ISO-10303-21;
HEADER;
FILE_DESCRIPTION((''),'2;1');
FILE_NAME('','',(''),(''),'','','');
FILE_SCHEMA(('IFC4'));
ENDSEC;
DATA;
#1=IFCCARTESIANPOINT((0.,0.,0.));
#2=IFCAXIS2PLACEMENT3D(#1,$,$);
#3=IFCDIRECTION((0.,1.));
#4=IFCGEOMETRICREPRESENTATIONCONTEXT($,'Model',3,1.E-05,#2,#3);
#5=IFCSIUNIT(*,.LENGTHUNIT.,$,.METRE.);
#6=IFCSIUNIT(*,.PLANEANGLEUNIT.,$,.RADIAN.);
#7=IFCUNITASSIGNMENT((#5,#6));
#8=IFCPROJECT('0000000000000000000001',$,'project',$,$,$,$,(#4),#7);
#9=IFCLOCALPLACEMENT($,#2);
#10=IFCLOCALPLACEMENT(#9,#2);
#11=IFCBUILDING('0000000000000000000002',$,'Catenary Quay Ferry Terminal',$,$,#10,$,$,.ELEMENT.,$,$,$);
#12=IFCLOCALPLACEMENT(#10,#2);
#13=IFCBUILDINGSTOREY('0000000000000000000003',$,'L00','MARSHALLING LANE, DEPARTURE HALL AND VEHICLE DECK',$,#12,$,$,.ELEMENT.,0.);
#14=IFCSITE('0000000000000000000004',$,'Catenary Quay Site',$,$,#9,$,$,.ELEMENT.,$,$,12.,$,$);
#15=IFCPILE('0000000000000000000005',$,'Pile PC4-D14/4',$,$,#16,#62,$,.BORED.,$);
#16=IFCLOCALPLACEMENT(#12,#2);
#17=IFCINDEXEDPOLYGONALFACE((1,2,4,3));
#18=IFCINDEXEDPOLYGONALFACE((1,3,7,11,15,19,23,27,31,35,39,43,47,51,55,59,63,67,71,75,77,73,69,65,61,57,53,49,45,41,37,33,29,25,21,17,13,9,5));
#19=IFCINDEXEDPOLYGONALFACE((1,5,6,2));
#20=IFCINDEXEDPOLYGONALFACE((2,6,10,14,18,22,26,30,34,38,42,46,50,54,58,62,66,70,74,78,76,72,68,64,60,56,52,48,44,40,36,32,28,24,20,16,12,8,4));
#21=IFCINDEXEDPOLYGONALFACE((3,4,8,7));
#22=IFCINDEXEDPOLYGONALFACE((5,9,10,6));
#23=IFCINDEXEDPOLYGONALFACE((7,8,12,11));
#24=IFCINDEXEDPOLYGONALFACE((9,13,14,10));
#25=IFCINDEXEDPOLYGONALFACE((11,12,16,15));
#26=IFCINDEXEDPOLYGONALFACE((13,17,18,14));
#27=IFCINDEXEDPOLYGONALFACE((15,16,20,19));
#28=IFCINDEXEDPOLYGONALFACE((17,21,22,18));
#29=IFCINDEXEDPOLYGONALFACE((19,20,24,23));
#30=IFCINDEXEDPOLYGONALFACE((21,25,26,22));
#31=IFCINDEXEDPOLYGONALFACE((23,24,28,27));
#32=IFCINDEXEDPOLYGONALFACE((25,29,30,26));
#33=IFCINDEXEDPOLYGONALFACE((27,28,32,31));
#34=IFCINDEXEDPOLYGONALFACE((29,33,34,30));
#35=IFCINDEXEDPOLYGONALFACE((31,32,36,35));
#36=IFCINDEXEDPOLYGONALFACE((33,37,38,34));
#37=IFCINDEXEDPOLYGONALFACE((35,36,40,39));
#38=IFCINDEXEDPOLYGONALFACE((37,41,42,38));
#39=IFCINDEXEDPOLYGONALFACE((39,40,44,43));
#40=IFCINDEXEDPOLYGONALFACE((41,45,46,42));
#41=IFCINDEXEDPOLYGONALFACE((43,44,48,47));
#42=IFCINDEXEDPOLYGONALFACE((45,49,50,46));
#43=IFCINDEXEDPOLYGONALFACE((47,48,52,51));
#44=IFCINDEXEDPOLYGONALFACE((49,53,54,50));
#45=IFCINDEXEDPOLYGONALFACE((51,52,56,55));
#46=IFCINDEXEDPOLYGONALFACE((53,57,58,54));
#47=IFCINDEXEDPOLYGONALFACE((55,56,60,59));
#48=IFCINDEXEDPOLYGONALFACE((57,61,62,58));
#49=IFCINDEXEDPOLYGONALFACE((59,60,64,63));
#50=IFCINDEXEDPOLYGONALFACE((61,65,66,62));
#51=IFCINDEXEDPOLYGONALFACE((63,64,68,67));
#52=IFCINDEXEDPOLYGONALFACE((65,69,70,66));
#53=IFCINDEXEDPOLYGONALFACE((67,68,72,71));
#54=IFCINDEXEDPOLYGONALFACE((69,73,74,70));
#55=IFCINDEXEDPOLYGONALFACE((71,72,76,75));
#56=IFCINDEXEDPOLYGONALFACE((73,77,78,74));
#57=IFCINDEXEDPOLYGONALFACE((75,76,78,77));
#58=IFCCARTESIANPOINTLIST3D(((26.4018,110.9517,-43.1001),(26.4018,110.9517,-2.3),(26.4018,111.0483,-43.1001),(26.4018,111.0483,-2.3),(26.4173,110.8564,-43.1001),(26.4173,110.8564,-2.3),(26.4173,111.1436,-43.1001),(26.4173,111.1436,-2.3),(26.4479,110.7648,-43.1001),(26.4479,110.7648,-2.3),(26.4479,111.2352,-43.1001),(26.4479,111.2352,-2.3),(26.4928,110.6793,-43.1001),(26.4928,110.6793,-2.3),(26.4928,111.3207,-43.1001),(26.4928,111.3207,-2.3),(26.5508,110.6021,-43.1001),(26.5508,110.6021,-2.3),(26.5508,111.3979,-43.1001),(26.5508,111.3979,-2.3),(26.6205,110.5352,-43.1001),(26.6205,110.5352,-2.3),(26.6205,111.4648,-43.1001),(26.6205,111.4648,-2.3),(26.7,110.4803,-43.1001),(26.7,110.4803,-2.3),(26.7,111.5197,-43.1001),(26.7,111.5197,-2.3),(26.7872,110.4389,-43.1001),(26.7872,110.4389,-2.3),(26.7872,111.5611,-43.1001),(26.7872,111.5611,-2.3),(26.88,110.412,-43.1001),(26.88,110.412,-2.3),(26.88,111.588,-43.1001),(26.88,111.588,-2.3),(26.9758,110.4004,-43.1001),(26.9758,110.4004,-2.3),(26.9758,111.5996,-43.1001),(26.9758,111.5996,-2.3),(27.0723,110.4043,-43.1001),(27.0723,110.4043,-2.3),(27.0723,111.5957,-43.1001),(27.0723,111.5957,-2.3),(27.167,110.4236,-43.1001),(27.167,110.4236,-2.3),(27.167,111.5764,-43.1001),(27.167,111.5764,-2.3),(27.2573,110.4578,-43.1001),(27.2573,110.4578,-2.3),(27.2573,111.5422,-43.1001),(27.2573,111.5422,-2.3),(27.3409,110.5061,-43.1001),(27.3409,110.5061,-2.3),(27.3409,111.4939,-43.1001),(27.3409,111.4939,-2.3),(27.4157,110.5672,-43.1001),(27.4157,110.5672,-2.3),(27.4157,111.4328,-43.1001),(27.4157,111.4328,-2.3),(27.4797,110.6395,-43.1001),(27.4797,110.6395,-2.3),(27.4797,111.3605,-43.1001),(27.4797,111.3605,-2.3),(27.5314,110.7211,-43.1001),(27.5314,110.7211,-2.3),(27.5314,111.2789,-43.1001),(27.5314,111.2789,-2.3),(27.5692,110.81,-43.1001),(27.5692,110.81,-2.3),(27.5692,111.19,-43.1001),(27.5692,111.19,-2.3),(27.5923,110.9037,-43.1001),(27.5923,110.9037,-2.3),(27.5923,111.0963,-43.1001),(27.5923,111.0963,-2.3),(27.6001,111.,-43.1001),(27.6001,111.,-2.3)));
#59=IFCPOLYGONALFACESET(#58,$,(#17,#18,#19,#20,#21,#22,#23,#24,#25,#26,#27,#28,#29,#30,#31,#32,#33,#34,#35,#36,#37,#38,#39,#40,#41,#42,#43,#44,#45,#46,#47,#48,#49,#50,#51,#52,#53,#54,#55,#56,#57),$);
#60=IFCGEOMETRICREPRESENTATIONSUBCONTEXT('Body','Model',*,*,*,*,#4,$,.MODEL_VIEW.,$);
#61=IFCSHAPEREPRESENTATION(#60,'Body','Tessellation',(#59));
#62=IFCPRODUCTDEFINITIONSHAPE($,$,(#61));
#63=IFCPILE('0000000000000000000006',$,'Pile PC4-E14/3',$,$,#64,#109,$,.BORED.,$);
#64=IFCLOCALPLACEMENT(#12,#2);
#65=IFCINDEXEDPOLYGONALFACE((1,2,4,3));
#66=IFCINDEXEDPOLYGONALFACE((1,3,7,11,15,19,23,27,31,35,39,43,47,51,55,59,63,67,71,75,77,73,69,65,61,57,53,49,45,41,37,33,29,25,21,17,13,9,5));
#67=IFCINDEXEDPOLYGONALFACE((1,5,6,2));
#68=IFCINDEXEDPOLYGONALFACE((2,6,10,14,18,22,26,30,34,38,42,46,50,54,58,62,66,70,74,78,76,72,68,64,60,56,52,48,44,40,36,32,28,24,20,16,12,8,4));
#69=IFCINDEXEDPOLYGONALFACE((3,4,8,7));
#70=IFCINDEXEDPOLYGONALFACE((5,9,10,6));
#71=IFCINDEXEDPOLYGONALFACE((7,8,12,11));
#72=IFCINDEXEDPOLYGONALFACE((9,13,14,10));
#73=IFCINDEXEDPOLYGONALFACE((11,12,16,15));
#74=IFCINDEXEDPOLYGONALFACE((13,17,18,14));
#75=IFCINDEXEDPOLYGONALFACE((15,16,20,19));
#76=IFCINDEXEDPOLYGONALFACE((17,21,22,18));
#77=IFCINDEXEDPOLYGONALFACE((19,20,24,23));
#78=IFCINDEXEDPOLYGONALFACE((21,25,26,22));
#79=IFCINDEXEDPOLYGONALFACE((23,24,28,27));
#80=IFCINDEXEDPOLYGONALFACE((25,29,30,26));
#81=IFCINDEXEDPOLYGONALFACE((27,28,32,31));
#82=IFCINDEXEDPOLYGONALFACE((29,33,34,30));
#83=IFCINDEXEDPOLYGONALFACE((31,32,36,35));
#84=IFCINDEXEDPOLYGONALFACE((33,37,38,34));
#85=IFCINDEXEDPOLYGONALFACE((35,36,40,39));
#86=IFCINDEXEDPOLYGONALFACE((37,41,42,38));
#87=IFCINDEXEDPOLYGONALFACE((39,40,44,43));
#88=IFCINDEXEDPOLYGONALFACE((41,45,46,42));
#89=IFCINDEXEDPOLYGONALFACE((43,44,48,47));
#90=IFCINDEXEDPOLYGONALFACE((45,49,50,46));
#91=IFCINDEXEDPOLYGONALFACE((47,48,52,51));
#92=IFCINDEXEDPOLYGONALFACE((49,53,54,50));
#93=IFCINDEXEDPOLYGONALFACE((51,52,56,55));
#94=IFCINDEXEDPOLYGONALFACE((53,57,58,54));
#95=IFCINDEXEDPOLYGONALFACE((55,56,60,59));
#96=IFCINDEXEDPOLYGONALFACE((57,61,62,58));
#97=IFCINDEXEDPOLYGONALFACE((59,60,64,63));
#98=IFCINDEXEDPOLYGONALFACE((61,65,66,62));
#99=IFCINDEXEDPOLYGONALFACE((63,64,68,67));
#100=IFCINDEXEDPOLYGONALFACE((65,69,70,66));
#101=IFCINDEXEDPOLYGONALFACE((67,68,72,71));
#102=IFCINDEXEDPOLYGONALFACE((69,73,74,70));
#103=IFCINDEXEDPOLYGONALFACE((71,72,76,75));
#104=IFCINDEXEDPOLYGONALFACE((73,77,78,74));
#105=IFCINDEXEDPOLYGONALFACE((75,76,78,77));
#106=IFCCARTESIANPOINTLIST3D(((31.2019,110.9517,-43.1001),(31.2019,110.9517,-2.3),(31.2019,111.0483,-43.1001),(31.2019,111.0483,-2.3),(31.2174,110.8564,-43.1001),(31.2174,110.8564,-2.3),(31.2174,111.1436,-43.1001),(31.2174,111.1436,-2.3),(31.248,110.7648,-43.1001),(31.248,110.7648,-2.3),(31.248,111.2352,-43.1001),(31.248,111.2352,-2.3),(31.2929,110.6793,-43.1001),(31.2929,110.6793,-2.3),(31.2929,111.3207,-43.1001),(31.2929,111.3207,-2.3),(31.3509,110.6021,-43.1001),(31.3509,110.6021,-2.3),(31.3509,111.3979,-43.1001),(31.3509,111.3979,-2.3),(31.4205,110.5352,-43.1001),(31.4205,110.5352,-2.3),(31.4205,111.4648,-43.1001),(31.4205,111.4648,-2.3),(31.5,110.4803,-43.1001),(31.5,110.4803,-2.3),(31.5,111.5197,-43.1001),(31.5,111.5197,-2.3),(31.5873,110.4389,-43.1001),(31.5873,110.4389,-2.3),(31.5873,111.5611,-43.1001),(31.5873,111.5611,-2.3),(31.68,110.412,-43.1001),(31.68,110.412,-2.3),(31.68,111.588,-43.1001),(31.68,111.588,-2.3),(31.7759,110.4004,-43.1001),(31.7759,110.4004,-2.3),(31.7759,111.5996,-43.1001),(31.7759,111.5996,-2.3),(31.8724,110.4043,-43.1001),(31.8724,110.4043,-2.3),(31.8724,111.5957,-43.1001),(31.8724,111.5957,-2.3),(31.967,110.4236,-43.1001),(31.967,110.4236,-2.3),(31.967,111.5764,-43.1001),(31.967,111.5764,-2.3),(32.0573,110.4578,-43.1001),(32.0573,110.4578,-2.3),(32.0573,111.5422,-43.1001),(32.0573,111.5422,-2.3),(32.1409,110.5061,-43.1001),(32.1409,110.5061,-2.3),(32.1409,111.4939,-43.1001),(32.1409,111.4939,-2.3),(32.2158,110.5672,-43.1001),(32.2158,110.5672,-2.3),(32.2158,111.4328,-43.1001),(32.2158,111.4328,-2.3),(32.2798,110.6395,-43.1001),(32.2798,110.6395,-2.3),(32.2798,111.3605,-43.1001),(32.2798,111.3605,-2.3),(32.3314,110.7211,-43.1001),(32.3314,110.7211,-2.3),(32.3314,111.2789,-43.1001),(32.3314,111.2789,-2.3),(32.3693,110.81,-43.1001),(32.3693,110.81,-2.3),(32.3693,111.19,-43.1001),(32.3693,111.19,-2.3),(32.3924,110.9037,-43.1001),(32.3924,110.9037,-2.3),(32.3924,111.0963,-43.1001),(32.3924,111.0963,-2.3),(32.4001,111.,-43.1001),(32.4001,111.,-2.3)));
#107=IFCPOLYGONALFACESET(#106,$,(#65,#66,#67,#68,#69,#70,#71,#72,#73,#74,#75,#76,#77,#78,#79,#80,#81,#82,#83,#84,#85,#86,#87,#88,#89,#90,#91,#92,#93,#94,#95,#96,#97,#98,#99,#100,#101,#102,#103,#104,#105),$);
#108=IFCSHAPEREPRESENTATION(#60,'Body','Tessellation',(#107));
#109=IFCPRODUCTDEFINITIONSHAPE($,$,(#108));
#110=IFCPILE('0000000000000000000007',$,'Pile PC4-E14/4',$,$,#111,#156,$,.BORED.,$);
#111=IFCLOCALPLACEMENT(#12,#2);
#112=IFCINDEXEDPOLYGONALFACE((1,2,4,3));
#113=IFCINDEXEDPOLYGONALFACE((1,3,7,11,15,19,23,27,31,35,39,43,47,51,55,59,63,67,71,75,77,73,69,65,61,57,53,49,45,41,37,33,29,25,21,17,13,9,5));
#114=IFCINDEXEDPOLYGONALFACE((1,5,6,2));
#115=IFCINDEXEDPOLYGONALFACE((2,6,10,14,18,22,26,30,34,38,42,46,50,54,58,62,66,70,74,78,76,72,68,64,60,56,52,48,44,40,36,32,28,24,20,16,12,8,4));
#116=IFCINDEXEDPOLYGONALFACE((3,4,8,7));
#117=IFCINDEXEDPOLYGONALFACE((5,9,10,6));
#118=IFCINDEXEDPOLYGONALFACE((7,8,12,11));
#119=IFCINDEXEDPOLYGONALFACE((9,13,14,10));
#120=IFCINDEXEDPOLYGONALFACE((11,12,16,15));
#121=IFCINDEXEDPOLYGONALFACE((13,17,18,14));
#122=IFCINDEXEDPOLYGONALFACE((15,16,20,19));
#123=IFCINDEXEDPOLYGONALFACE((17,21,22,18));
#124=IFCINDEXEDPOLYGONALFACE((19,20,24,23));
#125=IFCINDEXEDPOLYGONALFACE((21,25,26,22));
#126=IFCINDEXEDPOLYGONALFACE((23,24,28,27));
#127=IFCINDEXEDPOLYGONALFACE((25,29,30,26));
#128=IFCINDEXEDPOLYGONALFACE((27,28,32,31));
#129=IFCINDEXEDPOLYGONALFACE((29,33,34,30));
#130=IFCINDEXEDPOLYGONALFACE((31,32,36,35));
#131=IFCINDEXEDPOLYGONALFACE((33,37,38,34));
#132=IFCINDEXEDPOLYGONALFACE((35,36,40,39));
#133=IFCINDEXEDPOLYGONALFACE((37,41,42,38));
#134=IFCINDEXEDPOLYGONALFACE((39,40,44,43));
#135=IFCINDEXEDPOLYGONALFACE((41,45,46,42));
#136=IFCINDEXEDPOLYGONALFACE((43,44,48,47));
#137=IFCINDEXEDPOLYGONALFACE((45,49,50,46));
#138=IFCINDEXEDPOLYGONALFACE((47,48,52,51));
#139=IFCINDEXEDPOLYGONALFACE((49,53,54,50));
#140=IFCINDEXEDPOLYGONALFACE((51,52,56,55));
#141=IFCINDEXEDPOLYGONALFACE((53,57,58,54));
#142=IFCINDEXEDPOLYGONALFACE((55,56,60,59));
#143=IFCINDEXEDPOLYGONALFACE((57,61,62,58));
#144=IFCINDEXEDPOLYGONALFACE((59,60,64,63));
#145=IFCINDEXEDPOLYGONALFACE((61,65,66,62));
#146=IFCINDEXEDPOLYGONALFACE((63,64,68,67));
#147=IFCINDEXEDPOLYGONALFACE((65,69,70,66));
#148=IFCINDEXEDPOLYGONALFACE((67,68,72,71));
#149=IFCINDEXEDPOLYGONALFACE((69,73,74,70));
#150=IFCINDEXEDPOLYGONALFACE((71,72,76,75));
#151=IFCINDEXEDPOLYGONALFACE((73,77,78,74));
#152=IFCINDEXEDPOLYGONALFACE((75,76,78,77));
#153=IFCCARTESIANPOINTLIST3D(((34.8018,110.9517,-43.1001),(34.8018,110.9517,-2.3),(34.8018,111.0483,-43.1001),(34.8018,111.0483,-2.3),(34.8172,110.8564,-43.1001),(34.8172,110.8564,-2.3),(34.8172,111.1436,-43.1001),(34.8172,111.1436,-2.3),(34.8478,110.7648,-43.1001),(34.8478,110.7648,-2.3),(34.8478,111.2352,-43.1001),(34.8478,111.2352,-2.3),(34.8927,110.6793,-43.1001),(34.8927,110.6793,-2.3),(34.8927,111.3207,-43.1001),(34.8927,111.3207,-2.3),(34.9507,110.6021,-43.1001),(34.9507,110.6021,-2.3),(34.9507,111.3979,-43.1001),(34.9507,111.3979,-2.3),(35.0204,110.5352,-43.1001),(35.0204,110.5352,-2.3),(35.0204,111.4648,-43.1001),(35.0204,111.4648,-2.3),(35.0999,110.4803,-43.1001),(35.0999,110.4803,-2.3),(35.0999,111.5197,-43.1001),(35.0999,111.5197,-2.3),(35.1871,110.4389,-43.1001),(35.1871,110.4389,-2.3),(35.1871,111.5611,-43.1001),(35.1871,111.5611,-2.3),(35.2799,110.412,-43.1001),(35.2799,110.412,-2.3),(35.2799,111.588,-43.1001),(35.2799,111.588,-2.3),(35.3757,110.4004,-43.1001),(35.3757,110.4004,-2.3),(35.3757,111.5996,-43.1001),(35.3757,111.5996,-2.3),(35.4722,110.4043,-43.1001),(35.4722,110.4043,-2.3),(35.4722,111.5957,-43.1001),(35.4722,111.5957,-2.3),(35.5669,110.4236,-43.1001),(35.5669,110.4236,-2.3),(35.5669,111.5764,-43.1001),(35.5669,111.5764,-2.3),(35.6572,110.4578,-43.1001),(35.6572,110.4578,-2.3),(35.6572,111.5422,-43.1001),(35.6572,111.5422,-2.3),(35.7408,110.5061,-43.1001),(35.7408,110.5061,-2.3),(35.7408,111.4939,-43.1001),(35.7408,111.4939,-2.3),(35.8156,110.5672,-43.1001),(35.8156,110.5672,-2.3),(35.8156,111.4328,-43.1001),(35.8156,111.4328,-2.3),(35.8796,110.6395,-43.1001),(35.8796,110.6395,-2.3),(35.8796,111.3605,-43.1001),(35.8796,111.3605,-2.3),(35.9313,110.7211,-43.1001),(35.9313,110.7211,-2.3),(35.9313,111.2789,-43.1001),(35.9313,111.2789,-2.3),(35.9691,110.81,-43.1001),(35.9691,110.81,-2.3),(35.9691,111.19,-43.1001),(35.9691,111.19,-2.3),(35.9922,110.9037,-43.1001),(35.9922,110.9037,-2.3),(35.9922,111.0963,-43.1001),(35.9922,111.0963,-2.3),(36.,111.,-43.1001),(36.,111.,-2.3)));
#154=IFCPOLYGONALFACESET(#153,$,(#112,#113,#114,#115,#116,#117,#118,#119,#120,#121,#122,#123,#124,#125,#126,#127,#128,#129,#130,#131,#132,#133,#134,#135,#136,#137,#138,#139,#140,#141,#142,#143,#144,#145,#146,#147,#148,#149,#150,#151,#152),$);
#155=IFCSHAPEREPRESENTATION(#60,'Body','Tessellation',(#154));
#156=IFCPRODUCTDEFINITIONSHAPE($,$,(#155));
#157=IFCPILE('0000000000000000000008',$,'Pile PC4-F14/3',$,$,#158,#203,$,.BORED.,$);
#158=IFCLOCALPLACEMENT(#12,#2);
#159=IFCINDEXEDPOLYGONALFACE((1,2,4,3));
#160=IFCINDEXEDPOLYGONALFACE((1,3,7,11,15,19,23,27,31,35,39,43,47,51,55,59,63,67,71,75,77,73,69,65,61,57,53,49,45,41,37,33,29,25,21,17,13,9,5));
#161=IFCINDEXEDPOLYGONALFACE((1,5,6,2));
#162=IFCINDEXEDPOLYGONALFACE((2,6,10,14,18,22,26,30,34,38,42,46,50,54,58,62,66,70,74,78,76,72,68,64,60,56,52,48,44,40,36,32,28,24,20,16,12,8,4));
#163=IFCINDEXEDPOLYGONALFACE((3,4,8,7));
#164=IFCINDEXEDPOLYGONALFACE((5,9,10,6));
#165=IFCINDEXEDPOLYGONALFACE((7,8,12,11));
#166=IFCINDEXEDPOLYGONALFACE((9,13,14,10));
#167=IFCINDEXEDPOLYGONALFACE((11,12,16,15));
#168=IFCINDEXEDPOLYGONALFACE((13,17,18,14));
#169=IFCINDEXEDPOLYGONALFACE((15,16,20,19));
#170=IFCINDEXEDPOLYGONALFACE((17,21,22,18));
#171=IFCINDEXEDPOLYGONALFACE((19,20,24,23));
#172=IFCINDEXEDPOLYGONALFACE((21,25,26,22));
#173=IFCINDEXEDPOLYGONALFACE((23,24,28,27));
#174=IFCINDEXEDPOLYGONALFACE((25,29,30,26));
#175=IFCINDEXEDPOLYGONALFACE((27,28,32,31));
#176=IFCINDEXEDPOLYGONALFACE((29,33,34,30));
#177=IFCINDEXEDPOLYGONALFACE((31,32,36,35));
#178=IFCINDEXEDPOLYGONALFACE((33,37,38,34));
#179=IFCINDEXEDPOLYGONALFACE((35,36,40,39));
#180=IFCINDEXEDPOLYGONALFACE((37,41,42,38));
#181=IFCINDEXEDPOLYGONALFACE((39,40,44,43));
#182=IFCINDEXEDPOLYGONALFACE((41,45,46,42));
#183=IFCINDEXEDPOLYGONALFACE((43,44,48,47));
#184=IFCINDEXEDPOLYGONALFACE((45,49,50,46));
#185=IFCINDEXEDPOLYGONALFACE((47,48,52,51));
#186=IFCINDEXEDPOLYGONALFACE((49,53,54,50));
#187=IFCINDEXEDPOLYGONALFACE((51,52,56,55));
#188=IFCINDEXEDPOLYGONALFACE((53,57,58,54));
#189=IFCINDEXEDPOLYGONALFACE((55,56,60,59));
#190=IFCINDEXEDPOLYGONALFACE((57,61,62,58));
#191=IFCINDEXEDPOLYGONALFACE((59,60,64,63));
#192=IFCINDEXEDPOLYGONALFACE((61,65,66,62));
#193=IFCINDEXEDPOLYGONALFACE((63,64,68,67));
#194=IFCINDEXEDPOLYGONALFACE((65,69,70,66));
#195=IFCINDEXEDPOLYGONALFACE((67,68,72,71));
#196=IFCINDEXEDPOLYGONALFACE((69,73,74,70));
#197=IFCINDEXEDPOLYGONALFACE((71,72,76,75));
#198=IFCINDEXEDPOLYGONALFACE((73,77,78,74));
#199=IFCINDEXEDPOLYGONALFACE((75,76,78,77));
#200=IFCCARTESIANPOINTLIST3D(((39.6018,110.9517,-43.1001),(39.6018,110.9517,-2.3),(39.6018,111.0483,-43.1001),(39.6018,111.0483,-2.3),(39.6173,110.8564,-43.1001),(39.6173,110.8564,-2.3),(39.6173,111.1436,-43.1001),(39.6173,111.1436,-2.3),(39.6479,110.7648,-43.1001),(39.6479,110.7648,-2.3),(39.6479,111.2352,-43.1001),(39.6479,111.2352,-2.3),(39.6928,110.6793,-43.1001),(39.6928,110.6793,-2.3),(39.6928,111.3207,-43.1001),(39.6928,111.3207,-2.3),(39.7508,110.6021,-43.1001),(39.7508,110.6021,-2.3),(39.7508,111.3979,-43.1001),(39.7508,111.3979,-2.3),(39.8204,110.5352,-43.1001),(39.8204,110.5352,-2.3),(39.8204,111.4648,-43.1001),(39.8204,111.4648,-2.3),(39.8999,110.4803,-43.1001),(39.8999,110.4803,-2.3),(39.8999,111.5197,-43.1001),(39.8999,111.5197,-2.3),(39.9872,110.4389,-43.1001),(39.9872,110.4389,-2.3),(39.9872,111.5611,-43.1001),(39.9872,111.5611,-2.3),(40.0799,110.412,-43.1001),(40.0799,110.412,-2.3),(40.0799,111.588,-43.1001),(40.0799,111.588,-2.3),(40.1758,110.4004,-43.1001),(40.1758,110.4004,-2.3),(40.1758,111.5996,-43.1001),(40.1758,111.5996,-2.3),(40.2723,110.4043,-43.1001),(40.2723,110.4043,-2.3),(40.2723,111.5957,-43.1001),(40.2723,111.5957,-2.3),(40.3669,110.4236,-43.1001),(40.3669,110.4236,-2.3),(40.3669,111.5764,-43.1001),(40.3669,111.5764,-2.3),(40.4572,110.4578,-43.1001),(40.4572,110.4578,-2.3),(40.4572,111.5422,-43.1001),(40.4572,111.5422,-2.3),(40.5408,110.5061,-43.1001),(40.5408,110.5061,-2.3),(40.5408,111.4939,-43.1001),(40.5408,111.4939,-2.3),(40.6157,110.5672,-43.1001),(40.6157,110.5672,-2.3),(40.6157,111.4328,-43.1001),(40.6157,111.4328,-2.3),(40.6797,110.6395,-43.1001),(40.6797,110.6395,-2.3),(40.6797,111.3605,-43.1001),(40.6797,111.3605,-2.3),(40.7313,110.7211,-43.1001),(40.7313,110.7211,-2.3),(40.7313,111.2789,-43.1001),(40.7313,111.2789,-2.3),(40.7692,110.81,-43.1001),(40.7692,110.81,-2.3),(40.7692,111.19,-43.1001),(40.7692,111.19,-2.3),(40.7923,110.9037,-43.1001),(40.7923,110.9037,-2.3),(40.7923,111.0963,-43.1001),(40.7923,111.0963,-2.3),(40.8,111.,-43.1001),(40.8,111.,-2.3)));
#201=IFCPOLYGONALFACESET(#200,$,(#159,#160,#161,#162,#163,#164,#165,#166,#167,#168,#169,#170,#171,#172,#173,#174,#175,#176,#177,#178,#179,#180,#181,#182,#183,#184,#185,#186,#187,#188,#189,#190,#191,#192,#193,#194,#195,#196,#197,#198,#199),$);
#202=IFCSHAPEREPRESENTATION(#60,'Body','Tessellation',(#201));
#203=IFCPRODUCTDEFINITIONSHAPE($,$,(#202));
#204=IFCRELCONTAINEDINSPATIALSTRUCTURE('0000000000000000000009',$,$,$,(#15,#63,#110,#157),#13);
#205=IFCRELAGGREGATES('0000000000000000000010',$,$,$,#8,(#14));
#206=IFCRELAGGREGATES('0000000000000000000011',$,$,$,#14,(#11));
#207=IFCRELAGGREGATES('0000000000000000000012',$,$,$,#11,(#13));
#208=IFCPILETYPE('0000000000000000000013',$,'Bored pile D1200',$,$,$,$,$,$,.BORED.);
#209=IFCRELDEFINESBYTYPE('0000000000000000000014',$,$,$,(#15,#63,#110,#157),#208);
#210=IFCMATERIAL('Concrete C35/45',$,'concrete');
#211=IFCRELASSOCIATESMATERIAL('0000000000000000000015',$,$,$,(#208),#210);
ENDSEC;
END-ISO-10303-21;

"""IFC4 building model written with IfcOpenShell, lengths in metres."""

from ifc_helpers import new_model, si_unit, direction, frame, origin, origin_2d, place, context, subcontext, project, spatial, circle, extrude, material, material_profile, profile_set, type_object, element, save


model = new_model("IFC4")

# Units and contexts
model_context = context("Model", 3, precision=1e-05, world=origin(), true_north=direction((0.0, 1.0)))
body_context = subcontext(model_context, "Body", "Model", "MODEL_VIEW")
ifc_project = project(units=[si_unit("LENGTHUNIT", "METRE"), si_unit("PLANEANGLEUNIT", "RADIAN")], contexts=[model_context])

# Site, building, storey
site_placement = place(None, origin())
site = spatial("IfcSite", under=ifc_project, at=site_placement, Name="Catenary Quay Site", CompositionType="ELEMENT", RefElevation=12.0)
building_placement = place(site_placement, origin())
building = spatial("IfcBuilding", under=site, at=building_placement, Name="Catenary Quay Ferry Terminal", CompositionType="ELEMENT")
storey_placement = place(building_placement, origin())
storey = spatial("IfcBuildingStorey", under=building, at=storey_placement, Name="L00", Description="MARSHALLING LANE, DEPARTURE HALL AND VEHICLE DECK", CompositionType="ELEMENT", Elevation=0.0)

# Piles
ifc_material_1 = material(Name="Concrete C35/45", Category="concrete")
ifc_material_profile_1 = material_profile(ifc_material_1, circle(Radius=0.6001, at=origin_2d()), Name="D1200")
ifc_profile_set_1 = profile_set([ifc_material_profile_1], Name="Concrete C35/45")
pile_type = type_object("IfcPileType", Name="Bored pile D1200", PredefinedType="BORED", material=ifc_profile_set_1)
for number, where, z_axis, x_axis, name in (
    (1, (27.0, 111.0, -2.3), (0.0, 0.0, -1.0), (1.0, 0.0, 0.0), "Pile PC4-D14/4"),
    (2, (31.8, 111.0, -2.3), (0.0, 0.0, -1.0), (1.0, 0.0, 0.0), "Pile PC4-E14/3"),
    (3, (35.3999, 111.0, -2.3), (0.0, 0.0, -1.0), (1.0, 0.0, 0.0), "Pile PC4-E14/4"),
    (4, (40.2, 111.0, -2.3), (0.0, 0.0, -1.0), (1.0, 0.0, 0.0), "Pile PC4-F14/3"),
):
    element("IfcPile", number, at=place(storey_placement, frame(where, z_axis=z_axis, x_axis=x_axis)), inside=storey, type_object=pile_type, Name=name, PredefinedType="BORED", context=body_context, shape_type="SweptSolid", body=[
        extrude(circle(Radius=0.6001, at=origin_2d()), origin(), (0.0, 0.0, 1.0), 40.8),
    ])

save(model, "model.ifc")
